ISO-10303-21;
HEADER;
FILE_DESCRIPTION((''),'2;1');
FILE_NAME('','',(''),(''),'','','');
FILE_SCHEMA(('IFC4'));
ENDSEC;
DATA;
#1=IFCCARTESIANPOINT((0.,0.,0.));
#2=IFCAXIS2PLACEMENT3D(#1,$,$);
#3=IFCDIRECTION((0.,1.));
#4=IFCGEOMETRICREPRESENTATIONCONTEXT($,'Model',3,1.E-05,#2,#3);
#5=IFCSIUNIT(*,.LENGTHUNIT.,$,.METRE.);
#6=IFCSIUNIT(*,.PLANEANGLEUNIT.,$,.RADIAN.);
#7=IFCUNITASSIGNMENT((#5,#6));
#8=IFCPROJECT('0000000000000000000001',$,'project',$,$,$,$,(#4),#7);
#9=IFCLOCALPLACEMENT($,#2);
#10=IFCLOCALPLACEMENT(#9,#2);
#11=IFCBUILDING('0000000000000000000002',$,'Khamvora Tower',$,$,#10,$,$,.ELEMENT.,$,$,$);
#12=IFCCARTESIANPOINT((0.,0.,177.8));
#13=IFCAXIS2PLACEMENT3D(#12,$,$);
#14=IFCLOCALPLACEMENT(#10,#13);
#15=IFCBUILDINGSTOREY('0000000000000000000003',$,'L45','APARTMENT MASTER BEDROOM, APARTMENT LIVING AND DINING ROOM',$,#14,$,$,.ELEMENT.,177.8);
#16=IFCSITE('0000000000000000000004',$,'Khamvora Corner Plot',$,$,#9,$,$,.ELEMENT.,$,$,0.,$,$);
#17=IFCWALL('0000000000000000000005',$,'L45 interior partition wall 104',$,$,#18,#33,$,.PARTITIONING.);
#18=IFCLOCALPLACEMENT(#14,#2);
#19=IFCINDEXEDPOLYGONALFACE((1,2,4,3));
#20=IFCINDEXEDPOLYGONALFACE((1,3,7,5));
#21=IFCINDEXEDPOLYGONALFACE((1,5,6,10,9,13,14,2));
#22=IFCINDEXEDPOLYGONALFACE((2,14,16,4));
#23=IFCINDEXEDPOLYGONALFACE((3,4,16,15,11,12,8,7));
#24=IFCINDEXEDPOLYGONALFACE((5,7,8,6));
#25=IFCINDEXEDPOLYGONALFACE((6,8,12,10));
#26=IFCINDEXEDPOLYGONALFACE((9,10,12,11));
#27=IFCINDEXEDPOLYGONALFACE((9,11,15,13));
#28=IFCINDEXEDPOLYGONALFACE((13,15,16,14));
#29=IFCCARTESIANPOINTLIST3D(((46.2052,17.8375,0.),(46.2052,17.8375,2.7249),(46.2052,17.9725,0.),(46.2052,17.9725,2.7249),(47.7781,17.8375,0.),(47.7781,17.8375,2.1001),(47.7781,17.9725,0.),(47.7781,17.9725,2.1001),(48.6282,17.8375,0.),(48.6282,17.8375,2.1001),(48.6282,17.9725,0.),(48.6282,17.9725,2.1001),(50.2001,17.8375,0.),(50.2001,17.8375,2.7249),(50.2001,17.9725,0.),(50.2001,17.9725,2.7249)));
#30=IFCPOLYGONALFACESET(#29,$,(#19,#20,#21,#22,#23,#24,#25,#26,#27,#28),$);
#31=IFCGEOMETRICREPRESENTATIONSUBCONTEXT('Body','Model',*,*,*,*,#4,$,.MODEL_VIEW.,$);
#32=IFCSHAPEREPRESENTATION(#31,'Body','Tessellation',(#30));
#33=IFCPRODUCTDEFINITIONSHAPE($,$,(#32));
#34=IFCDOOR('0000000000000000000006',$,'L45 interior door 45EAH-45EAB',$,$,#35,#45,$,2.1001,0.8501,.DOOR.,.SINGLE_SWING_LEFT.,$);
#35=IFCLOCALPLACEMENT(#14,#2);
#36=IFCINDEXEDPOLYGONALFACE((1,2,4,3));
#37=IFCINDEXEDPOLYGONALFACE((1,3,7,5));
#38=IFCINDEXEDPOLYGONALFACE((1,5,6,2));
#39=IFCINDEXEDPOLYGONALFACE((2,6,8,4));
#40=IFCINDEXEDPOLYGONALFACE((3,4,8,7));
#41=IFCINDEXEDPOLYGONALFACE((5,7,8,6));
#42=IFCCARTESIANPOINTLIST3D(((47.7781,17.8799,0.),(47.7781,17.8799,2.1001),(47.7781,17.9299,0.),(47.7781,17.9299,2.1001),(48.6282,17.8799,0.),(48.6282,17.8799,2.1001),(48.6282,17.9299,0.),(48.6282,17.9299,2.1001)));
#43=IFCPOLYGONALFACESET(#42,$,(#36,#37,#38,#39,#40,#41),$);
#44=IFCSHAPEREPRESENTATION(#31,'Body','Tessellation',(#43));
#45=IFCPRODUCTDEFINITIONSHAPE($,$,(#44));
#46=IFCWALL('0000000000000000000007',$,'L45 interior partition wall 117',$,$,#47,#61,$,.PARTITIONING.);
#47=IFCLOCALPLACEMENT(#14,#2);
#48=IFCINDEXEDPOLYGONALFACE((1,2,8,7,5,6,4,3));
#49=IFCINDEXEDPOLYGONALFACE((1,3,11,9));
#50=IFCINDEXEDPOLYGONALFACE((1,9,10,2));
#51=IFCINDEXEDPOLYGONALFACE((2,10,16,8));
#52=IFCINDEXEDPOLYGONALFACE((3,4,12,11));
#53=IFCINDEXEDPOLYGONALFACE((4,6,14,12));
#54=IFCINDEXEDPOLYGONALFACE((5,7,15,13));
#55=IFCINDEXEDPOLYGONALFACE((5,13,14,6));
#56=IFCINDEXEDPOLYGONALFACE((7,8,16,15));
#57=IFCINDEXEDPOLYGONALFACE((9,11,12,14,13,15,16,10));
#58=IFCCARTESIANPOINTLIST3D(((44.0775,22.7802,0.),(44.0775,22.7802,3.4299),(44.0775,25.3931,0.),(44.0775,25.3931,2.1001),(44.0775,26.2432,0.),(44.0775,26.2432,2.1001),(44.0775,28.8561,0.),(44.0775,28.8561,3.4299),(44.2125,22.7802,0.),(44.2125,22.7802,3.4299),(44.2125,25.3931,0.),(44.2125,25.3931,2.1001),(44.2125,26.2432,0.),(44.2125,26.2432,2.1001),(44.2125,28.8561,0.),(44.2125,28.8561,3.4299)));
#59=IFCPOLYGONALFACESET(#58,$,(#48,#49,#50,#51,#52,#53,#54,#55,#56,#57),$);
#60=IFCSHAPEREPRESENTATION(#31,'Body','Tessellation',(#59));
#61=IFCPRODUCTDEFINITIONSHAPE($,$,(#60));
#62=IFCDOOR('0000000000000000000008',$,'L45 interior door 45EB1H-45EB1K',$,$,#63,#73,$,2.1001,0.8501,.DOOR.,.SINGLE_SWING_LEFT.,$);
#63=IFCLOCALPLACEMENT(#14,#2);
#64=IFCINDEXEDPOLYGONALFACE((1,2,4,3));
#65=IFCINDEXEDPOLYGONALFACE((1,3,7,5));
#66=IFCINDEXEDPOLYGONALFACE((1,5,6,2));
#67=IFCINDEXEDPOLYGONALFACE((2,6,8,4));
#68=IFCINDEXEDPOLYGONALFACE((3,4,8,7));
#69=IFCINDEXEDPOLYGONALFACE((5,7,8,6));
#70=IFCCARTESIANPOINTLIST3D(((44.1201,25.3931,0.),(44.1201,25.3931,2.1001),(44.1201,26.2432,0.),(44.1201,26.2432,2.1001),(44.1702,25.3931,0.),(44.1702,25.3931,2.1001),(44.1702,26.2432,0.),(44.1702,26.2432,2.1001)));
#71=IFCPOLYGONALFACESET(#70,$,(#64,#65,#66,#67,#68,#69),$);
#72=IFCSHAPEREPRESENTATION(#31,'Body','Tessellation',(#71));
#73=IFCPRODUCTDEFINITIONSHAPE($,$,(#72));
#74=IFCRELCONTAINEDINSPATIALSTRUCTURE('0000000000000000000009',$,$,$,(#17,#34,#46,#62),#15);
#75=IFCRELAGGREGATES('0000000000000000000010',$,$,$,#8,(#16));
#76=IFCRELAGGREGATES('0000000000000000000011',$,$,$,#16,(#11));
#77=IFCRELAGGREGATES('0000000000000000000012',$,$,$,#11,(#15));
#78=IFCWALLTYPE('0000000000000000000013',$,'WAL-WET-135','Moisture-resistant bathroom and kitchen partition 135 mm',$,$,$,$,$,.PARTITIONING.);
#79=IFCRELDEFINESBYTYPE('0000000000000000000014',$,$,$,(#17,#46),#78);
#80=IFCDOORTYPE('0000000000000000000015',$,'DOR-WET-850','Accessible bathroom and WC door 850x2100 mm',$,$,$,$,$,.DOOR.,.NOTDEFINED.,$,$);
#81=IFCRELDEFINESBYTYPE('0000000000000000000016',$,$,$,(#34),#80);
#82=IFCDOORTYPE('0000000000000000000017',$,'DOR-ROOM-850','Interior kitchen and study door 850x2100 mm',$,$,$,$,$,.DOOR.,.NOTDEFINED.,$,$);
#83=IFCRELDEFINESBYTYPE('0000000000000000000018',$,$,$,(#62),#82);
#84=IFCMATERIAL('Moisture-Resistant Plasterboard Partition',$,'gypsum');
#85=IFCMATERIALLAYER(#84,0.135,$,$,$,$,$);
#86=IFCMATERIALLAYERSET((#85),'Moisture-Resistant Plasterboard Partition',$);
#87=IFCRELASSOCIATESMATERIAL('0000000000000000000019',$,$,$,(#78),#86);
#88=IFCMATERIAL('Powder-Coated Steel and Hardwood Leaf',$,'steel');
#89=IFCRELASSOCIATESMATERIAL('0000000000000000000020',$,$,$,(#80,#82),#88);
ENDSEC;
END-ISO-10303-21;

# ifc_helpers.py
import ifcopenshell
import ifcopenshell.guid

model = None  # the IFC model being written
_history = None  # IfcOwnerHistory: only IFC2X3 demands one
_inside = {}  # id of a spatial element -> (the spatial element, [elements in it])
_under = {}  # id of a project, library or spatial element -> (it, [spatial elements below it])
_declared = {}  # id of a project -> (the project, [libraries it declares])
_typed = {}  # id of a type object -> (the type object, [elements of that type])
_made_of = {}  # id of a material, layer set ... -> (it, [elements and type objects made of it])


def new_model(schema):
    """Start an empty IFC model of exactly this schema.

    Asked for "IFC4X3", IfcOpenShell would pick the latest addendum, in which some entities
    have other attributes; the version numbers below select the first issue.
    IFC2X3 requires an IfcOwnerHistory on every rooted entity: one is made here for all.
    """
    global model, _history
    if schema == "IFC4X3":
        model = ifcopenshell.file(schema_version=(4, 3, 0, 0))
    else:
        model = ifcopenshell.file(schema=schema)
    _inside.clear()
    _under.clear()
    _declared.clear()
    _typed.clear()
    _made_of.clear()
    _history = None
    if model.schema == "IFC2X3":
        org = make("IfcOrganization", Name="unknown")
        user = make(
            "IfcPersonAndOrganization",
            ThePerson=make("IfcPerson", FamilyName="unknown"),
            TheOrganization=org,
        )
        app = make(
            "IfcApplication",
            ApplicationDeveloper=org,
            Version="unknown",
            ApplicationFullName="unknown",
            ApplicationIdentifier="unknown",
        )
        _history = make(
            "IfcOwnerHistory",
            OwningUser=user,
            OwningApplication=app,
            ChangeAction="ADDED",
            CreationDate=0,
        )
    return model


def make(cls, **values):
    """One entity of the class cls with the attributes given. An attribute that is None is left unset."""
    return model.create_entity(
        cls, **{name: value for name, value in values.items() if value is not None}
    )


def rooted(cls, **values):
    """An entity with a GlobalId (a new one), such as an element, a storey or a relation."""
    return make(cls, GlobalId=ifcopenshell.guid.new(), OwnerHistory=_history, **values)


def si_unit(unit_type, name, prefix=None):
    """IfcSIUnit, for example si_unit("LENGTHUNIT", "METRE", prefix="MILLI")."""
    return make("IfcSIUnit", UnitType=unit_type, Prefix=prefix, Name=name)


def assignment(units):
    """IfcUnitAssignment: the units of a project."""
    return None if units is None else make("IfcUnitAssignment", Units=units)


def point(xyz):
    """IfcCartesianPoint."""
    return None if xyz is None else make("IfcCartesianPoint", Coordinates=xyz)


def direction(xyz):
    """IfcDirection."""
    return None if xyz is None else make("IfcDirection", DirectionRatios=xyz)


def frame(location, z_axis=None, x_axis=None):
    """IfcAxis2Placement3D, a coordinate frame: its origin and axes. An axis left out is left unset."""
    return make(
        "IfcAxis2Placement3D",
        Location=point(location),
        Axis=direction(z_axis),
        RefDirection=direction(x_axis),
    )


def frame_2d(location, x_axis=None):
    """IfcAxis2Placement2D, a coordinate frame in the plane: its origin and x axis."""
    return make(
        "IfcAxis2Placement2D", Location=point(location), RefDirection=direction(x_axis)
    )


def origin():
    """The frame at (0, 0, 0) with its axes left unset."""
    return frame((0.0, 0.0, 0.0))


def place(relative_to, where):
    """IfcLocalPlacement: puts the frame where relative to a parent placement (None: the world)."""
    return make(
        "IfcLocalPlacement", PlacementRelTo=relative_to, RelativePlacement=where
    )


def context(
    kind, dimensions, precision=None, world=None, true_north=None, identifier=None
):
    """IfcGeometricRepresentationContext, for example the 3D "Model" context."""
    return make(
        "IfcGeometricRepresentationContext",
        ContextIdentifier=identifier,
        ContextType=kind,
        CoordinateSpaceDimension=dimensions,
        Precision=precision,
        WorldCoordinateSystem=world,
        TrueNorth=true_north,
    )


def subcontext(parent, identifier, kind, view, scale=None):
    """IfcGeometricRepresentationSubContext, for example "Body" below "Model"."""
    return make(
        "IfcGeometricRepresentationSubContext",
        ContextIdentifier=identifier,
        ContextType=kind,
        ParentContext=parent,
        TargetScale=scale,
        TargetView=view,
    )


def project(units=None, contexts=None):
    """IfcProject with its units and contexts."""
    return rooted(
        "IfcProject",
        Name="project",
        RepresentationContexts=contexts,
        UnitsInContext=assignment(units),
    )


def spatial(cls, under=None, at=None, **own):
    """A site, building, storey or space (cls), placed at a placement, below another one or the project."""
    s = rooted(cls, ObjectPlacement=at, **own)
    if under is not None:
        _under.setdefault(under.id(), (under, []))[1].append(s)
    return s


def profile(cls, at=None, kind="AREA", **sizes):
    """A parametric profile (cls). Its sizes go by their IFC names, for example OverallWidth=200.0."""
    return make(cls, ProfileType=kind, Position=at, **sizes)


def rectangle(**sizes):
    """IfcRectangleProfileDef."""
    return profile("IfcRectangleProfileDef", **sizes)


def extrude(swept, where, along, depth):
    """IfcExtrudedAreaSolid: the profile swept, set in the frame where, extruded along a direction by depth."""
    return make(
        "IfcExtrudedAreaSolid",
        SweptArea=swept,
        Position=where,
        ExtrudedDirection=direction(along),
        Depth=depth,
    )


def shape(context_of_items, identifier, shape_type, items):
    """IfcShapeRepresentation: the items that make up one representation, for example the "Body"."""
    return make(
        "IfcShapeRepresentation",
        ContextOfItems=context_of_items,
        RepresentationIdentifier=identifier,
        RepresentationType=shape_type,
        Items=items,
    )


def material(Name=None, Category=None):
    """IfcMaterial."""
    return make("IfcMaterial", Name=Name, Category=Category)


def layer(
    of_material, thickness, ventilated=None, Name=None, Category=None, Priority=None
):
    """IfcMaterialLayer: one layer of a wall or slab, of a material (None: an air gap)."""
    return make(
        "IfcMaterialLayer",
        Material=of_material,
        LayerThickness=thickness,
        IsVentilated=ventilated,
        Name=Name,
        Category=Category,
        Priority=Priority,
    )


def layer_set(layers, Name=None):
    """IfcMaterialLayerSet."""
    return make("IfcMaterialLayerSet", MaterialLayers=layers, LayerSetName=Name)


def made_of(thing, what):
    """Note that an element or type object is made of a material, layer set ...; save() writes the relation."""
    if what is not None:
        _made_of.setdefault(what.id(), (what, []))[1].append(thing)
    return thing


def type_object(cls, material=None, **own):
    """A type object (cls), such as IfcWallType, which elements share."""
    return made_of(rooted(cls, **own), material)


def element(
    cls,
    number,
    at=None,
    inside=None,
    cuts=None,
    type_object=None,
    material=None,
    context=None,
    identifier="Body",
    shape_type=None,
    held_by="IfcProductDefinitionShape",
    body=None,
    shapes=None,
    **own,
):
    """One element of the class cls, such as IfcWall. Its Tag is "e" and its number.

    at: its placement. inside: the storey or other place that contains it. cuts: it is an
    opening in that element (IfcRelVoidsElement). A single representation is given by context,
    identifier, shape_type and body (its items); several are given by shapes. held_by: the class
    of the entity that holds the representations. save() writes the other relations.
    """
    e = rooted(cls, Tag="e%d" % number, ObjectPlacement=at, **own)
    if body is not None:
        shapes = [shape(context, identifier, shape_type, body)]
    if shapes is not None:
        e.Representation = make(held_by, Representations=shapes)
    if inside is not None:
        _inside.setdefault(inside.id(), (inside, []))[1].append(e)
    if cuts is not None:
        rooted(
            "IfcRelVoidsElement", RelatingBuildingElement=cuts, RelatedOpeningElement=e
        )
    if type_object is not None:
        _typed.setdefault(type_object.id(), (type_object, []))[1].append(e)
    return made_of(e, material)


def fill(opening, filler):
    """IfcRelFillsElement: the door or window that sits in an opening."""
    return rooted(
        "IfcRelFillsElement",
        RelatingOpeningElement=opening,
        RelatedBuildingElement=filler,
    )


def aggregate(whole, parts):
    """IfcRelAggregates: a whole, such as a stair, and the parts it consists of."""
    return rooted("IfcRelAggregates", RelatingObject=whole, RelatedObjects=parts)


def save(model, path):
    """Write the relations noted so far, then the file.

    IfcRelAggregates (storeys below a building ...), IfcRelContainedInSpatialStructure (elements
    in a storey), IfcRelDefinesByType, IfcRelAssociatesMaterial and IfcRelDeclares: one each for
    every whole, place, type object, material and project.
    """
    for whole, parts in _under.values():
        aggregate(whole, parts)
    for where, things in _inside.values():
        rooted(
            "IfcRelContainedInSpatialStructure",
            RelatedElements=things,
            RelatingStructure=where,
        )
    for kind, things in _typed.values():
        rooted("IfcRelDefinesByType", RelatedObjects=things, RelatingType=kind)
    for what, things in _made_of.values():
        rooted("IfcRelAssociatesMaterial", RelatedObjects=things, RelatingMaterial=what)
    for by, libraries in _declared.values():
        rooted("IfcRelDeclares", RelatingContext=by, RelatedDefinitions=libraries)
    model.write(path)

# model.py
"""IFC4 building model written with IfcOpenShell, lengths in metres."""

from ifc_helpers import new_model, si_unit, direction, frame, frame_2d, origin, place, context, subcontext, project, spatial, rectangle, extrude, material, layer, layer_set, type_object, element, fill, save


model = new_model("IFC4")

# Units and contexts
model_context = context("Model", 3, precision=1e-05, world=origin(), true_north=direction((0.0, 1.0)))
body_context = subcontext(model_context, "Body", "Model", "MODEL_VIEW")
ifc_project = project(units=[si_unit("LENGTHUNIT", "METRE"), si_unit("PLANEANGLEUNIT", "RADIAN")], contexts=[model_context])

# Site, building, storey
site_placement = place(None, origin())
site = spatial("IfcSite", under=ifc_project, at=site_placement, Name="Khamvora Corner Plot", CompositionType="ELEMENT", RefElevation=0.0)
building_placement = place(site_placement, origin())
building = spatial("IfcBuilding", under=site, at=building_placement, Name="Khamvora Tower", CompositionType="ELEMENT")
storey_placement = place(building_placement, frame((0.0, 0.0, 177.8)))
storey = spatial("IfcBuildingStorey", under=building, at=storey_placement, Name="L45", Description="APARTMENT MASTER BEDROOM, APARTMENT LIVING AND DINING ROOM", CompositionType="ELEMENT", Elevation=177.8)

# Shared definitions
ifc_material_1 = material(Name="Powder-Coated Steel and Hardwood Leaf", Category="steel")

# Shared definitions
ifc_material_2 = material(Name="Moisture-Resistant Plasterboard Partition", Category="gypsum")
ifc_layer_1 = layer(ifc_material_2, 0.135)
ifc_layer_set_1 = layer_set([ifc_layer_1], Name="Moisture-Resistant Plasterboard Partition")
wall_type_1 = type_object("IfcWallType", Name="WAL-WET-135", Description="Moisture-resistant bathroom and kitchen partition 135 mm", PredefinedType="PARTITIONING", material=ifc_layer_set_1)

# Walls, openings, doors
wall_1_placement = place(storey_placement, frame((46.2051, 17.905, 0.0), z_axis=(0.0, 0.0, 1.0), x_axis=(1.0, 0.0, 0.0)))
wall_1 = element("IfcWall", 1, at=wall_1_placement, inside=storey, type_object=wall_type_1, Name="L45 interior partition wall 104", PredefinedType="PARTITIONING", context=body_context, shape_type="SweptSolid", body=[
    extrude(rectangle(XDim=3.9949, YDim=0.135, at=frame_2d((1.9976, 0.0))), origin(), (0.0, 0.0, 1.0), 2.7249),
])
opening_1_placement = place(wall_1_placement, frame((1.573, 0.0, 0.0)))
opening_1 = element("IfcOpeningElement", 2, at=opening_1_placement, cuts=wall_1, PredefinedType="OPENING", context=body_context, shape_type="SweptSolid", body=[
    extrude(rectangle(XDim=0.8501, YDim=2.1001, at=frame_2d((0.425, 1.05))), frame((0.0, 0.0774, 0.0), z_axis=(0.0, -1.0, 0.0), x_axis=(1.0, 0.0, 0.0)), (0.0, 0.0, 1.0), 0.155),
])
door_type_1 = type_object("IfcDoorType", Name="DOR-WET-850", Description="Accessible bathroom and WC door 850x2100 mm", OperationType="NOTDEFINED", PredefinedType="DOOR", material=ifc_material_1)
door_1_placement = place(opening_1_placement, origin())
door_1 = element("IfcDoor", 3, at=door_1_placement, inside=storey, type_object=door_type_1, Name="L45 interior door 45EAH-45EAB", OperationType="SINGLE_SWING_LEFT", OverallHeight=2.1001, OverallWidth=0.8501, PredefinedType="DOOR", context=body_context, shape_type="SweptSolid", body=[
    extrude(rectangle(XDim=0.8501, YDim=2.1001, at=frame_2d((0.425, 1.05))), frame((0.0, 0.0249, 0.0), z_axis=(0.0, -1.0, 0.0), x_axis=(1.0, 0.0, 0.0)), (0.0, 0.0, 1.0), 0.05),
])
fill(opening_1, door_1)
wall_2_placement = place(storey_placement, frame((44.145, 22.78, 0.0), z_axis=(0.0, 0.0, 1.0), x_axis=(0.0, 1.0, 0.0)))
wall_2 = element("IfcWall", 4, at=wall_2_placement, inside=storey, type_object=wall_type_1, Name="L45 interior partition wall 117", PredefinedType="PARTITIONING", context=body_context, shape_type="SweptSolid", body=[
    extrude(rectangle(XDim=6.0759, YDim=0.135, at=frame_2d((3.0381, 0.0))), origin(), (0.0, 0.0, 1.0), 3.4299),
])
opening_2_placement = place(wall_2_placement, frame((2.613, 0.0, 0.0)))
opening_2 = element("IfcOpeningElement", 5, at=opening_2_placement, cuts=wall_2, PredefinedType="OPENING", context=body_context, shape_type="SweptSolid", body=[
    extrude(rectangle(XDim=0.8501, YDim=2.1001, at=frame_2d((0.425, 1.05))), frame((0.0, 0.0774, 0.0), z_axis=(0.0, -1.0, 0.0), x_axis=(1.0, 0.0, 0.0)), (0.0, 0.0, 1.0), 0.155),
])
door_type_2 = type_object("IfcDoorType", Name="DOR-ROOM-850", Description="Interior kitchen and study door 850x2100 mm", OperationType="NOTDEFINED", PredefinedType="DOOR", material=ifc_material_1)
door_2_placement = place(opening_2_placement, origin())
door_2 = element("IfcDoor", 6, at=door_2_placement, inside=storey, type_object=door_type_2, Name="L45 interior door 45EB1H-45EB1K", OperationType="SINGLE_SWING_LEFT", OverallHeight=2.1001, OverallWidth=0.8501, PredefinedType="DOOR", context=body_context, shape_type="SweptSolid", body=[
    extrude(rectangle(XDim=0.8501, YDim=2.1001, at=frame_2d((0.425, 1.05))), frame((0.0, 0.0249, 0.0), z_axis=(0.0, -1.0, 0.0), x_axis=(1.0, 0.0, 0.0)), (0.0, 0.0, 1.0), 0.05),
])
fill(opening_2, door_2)

save(model, "model.ifc")
